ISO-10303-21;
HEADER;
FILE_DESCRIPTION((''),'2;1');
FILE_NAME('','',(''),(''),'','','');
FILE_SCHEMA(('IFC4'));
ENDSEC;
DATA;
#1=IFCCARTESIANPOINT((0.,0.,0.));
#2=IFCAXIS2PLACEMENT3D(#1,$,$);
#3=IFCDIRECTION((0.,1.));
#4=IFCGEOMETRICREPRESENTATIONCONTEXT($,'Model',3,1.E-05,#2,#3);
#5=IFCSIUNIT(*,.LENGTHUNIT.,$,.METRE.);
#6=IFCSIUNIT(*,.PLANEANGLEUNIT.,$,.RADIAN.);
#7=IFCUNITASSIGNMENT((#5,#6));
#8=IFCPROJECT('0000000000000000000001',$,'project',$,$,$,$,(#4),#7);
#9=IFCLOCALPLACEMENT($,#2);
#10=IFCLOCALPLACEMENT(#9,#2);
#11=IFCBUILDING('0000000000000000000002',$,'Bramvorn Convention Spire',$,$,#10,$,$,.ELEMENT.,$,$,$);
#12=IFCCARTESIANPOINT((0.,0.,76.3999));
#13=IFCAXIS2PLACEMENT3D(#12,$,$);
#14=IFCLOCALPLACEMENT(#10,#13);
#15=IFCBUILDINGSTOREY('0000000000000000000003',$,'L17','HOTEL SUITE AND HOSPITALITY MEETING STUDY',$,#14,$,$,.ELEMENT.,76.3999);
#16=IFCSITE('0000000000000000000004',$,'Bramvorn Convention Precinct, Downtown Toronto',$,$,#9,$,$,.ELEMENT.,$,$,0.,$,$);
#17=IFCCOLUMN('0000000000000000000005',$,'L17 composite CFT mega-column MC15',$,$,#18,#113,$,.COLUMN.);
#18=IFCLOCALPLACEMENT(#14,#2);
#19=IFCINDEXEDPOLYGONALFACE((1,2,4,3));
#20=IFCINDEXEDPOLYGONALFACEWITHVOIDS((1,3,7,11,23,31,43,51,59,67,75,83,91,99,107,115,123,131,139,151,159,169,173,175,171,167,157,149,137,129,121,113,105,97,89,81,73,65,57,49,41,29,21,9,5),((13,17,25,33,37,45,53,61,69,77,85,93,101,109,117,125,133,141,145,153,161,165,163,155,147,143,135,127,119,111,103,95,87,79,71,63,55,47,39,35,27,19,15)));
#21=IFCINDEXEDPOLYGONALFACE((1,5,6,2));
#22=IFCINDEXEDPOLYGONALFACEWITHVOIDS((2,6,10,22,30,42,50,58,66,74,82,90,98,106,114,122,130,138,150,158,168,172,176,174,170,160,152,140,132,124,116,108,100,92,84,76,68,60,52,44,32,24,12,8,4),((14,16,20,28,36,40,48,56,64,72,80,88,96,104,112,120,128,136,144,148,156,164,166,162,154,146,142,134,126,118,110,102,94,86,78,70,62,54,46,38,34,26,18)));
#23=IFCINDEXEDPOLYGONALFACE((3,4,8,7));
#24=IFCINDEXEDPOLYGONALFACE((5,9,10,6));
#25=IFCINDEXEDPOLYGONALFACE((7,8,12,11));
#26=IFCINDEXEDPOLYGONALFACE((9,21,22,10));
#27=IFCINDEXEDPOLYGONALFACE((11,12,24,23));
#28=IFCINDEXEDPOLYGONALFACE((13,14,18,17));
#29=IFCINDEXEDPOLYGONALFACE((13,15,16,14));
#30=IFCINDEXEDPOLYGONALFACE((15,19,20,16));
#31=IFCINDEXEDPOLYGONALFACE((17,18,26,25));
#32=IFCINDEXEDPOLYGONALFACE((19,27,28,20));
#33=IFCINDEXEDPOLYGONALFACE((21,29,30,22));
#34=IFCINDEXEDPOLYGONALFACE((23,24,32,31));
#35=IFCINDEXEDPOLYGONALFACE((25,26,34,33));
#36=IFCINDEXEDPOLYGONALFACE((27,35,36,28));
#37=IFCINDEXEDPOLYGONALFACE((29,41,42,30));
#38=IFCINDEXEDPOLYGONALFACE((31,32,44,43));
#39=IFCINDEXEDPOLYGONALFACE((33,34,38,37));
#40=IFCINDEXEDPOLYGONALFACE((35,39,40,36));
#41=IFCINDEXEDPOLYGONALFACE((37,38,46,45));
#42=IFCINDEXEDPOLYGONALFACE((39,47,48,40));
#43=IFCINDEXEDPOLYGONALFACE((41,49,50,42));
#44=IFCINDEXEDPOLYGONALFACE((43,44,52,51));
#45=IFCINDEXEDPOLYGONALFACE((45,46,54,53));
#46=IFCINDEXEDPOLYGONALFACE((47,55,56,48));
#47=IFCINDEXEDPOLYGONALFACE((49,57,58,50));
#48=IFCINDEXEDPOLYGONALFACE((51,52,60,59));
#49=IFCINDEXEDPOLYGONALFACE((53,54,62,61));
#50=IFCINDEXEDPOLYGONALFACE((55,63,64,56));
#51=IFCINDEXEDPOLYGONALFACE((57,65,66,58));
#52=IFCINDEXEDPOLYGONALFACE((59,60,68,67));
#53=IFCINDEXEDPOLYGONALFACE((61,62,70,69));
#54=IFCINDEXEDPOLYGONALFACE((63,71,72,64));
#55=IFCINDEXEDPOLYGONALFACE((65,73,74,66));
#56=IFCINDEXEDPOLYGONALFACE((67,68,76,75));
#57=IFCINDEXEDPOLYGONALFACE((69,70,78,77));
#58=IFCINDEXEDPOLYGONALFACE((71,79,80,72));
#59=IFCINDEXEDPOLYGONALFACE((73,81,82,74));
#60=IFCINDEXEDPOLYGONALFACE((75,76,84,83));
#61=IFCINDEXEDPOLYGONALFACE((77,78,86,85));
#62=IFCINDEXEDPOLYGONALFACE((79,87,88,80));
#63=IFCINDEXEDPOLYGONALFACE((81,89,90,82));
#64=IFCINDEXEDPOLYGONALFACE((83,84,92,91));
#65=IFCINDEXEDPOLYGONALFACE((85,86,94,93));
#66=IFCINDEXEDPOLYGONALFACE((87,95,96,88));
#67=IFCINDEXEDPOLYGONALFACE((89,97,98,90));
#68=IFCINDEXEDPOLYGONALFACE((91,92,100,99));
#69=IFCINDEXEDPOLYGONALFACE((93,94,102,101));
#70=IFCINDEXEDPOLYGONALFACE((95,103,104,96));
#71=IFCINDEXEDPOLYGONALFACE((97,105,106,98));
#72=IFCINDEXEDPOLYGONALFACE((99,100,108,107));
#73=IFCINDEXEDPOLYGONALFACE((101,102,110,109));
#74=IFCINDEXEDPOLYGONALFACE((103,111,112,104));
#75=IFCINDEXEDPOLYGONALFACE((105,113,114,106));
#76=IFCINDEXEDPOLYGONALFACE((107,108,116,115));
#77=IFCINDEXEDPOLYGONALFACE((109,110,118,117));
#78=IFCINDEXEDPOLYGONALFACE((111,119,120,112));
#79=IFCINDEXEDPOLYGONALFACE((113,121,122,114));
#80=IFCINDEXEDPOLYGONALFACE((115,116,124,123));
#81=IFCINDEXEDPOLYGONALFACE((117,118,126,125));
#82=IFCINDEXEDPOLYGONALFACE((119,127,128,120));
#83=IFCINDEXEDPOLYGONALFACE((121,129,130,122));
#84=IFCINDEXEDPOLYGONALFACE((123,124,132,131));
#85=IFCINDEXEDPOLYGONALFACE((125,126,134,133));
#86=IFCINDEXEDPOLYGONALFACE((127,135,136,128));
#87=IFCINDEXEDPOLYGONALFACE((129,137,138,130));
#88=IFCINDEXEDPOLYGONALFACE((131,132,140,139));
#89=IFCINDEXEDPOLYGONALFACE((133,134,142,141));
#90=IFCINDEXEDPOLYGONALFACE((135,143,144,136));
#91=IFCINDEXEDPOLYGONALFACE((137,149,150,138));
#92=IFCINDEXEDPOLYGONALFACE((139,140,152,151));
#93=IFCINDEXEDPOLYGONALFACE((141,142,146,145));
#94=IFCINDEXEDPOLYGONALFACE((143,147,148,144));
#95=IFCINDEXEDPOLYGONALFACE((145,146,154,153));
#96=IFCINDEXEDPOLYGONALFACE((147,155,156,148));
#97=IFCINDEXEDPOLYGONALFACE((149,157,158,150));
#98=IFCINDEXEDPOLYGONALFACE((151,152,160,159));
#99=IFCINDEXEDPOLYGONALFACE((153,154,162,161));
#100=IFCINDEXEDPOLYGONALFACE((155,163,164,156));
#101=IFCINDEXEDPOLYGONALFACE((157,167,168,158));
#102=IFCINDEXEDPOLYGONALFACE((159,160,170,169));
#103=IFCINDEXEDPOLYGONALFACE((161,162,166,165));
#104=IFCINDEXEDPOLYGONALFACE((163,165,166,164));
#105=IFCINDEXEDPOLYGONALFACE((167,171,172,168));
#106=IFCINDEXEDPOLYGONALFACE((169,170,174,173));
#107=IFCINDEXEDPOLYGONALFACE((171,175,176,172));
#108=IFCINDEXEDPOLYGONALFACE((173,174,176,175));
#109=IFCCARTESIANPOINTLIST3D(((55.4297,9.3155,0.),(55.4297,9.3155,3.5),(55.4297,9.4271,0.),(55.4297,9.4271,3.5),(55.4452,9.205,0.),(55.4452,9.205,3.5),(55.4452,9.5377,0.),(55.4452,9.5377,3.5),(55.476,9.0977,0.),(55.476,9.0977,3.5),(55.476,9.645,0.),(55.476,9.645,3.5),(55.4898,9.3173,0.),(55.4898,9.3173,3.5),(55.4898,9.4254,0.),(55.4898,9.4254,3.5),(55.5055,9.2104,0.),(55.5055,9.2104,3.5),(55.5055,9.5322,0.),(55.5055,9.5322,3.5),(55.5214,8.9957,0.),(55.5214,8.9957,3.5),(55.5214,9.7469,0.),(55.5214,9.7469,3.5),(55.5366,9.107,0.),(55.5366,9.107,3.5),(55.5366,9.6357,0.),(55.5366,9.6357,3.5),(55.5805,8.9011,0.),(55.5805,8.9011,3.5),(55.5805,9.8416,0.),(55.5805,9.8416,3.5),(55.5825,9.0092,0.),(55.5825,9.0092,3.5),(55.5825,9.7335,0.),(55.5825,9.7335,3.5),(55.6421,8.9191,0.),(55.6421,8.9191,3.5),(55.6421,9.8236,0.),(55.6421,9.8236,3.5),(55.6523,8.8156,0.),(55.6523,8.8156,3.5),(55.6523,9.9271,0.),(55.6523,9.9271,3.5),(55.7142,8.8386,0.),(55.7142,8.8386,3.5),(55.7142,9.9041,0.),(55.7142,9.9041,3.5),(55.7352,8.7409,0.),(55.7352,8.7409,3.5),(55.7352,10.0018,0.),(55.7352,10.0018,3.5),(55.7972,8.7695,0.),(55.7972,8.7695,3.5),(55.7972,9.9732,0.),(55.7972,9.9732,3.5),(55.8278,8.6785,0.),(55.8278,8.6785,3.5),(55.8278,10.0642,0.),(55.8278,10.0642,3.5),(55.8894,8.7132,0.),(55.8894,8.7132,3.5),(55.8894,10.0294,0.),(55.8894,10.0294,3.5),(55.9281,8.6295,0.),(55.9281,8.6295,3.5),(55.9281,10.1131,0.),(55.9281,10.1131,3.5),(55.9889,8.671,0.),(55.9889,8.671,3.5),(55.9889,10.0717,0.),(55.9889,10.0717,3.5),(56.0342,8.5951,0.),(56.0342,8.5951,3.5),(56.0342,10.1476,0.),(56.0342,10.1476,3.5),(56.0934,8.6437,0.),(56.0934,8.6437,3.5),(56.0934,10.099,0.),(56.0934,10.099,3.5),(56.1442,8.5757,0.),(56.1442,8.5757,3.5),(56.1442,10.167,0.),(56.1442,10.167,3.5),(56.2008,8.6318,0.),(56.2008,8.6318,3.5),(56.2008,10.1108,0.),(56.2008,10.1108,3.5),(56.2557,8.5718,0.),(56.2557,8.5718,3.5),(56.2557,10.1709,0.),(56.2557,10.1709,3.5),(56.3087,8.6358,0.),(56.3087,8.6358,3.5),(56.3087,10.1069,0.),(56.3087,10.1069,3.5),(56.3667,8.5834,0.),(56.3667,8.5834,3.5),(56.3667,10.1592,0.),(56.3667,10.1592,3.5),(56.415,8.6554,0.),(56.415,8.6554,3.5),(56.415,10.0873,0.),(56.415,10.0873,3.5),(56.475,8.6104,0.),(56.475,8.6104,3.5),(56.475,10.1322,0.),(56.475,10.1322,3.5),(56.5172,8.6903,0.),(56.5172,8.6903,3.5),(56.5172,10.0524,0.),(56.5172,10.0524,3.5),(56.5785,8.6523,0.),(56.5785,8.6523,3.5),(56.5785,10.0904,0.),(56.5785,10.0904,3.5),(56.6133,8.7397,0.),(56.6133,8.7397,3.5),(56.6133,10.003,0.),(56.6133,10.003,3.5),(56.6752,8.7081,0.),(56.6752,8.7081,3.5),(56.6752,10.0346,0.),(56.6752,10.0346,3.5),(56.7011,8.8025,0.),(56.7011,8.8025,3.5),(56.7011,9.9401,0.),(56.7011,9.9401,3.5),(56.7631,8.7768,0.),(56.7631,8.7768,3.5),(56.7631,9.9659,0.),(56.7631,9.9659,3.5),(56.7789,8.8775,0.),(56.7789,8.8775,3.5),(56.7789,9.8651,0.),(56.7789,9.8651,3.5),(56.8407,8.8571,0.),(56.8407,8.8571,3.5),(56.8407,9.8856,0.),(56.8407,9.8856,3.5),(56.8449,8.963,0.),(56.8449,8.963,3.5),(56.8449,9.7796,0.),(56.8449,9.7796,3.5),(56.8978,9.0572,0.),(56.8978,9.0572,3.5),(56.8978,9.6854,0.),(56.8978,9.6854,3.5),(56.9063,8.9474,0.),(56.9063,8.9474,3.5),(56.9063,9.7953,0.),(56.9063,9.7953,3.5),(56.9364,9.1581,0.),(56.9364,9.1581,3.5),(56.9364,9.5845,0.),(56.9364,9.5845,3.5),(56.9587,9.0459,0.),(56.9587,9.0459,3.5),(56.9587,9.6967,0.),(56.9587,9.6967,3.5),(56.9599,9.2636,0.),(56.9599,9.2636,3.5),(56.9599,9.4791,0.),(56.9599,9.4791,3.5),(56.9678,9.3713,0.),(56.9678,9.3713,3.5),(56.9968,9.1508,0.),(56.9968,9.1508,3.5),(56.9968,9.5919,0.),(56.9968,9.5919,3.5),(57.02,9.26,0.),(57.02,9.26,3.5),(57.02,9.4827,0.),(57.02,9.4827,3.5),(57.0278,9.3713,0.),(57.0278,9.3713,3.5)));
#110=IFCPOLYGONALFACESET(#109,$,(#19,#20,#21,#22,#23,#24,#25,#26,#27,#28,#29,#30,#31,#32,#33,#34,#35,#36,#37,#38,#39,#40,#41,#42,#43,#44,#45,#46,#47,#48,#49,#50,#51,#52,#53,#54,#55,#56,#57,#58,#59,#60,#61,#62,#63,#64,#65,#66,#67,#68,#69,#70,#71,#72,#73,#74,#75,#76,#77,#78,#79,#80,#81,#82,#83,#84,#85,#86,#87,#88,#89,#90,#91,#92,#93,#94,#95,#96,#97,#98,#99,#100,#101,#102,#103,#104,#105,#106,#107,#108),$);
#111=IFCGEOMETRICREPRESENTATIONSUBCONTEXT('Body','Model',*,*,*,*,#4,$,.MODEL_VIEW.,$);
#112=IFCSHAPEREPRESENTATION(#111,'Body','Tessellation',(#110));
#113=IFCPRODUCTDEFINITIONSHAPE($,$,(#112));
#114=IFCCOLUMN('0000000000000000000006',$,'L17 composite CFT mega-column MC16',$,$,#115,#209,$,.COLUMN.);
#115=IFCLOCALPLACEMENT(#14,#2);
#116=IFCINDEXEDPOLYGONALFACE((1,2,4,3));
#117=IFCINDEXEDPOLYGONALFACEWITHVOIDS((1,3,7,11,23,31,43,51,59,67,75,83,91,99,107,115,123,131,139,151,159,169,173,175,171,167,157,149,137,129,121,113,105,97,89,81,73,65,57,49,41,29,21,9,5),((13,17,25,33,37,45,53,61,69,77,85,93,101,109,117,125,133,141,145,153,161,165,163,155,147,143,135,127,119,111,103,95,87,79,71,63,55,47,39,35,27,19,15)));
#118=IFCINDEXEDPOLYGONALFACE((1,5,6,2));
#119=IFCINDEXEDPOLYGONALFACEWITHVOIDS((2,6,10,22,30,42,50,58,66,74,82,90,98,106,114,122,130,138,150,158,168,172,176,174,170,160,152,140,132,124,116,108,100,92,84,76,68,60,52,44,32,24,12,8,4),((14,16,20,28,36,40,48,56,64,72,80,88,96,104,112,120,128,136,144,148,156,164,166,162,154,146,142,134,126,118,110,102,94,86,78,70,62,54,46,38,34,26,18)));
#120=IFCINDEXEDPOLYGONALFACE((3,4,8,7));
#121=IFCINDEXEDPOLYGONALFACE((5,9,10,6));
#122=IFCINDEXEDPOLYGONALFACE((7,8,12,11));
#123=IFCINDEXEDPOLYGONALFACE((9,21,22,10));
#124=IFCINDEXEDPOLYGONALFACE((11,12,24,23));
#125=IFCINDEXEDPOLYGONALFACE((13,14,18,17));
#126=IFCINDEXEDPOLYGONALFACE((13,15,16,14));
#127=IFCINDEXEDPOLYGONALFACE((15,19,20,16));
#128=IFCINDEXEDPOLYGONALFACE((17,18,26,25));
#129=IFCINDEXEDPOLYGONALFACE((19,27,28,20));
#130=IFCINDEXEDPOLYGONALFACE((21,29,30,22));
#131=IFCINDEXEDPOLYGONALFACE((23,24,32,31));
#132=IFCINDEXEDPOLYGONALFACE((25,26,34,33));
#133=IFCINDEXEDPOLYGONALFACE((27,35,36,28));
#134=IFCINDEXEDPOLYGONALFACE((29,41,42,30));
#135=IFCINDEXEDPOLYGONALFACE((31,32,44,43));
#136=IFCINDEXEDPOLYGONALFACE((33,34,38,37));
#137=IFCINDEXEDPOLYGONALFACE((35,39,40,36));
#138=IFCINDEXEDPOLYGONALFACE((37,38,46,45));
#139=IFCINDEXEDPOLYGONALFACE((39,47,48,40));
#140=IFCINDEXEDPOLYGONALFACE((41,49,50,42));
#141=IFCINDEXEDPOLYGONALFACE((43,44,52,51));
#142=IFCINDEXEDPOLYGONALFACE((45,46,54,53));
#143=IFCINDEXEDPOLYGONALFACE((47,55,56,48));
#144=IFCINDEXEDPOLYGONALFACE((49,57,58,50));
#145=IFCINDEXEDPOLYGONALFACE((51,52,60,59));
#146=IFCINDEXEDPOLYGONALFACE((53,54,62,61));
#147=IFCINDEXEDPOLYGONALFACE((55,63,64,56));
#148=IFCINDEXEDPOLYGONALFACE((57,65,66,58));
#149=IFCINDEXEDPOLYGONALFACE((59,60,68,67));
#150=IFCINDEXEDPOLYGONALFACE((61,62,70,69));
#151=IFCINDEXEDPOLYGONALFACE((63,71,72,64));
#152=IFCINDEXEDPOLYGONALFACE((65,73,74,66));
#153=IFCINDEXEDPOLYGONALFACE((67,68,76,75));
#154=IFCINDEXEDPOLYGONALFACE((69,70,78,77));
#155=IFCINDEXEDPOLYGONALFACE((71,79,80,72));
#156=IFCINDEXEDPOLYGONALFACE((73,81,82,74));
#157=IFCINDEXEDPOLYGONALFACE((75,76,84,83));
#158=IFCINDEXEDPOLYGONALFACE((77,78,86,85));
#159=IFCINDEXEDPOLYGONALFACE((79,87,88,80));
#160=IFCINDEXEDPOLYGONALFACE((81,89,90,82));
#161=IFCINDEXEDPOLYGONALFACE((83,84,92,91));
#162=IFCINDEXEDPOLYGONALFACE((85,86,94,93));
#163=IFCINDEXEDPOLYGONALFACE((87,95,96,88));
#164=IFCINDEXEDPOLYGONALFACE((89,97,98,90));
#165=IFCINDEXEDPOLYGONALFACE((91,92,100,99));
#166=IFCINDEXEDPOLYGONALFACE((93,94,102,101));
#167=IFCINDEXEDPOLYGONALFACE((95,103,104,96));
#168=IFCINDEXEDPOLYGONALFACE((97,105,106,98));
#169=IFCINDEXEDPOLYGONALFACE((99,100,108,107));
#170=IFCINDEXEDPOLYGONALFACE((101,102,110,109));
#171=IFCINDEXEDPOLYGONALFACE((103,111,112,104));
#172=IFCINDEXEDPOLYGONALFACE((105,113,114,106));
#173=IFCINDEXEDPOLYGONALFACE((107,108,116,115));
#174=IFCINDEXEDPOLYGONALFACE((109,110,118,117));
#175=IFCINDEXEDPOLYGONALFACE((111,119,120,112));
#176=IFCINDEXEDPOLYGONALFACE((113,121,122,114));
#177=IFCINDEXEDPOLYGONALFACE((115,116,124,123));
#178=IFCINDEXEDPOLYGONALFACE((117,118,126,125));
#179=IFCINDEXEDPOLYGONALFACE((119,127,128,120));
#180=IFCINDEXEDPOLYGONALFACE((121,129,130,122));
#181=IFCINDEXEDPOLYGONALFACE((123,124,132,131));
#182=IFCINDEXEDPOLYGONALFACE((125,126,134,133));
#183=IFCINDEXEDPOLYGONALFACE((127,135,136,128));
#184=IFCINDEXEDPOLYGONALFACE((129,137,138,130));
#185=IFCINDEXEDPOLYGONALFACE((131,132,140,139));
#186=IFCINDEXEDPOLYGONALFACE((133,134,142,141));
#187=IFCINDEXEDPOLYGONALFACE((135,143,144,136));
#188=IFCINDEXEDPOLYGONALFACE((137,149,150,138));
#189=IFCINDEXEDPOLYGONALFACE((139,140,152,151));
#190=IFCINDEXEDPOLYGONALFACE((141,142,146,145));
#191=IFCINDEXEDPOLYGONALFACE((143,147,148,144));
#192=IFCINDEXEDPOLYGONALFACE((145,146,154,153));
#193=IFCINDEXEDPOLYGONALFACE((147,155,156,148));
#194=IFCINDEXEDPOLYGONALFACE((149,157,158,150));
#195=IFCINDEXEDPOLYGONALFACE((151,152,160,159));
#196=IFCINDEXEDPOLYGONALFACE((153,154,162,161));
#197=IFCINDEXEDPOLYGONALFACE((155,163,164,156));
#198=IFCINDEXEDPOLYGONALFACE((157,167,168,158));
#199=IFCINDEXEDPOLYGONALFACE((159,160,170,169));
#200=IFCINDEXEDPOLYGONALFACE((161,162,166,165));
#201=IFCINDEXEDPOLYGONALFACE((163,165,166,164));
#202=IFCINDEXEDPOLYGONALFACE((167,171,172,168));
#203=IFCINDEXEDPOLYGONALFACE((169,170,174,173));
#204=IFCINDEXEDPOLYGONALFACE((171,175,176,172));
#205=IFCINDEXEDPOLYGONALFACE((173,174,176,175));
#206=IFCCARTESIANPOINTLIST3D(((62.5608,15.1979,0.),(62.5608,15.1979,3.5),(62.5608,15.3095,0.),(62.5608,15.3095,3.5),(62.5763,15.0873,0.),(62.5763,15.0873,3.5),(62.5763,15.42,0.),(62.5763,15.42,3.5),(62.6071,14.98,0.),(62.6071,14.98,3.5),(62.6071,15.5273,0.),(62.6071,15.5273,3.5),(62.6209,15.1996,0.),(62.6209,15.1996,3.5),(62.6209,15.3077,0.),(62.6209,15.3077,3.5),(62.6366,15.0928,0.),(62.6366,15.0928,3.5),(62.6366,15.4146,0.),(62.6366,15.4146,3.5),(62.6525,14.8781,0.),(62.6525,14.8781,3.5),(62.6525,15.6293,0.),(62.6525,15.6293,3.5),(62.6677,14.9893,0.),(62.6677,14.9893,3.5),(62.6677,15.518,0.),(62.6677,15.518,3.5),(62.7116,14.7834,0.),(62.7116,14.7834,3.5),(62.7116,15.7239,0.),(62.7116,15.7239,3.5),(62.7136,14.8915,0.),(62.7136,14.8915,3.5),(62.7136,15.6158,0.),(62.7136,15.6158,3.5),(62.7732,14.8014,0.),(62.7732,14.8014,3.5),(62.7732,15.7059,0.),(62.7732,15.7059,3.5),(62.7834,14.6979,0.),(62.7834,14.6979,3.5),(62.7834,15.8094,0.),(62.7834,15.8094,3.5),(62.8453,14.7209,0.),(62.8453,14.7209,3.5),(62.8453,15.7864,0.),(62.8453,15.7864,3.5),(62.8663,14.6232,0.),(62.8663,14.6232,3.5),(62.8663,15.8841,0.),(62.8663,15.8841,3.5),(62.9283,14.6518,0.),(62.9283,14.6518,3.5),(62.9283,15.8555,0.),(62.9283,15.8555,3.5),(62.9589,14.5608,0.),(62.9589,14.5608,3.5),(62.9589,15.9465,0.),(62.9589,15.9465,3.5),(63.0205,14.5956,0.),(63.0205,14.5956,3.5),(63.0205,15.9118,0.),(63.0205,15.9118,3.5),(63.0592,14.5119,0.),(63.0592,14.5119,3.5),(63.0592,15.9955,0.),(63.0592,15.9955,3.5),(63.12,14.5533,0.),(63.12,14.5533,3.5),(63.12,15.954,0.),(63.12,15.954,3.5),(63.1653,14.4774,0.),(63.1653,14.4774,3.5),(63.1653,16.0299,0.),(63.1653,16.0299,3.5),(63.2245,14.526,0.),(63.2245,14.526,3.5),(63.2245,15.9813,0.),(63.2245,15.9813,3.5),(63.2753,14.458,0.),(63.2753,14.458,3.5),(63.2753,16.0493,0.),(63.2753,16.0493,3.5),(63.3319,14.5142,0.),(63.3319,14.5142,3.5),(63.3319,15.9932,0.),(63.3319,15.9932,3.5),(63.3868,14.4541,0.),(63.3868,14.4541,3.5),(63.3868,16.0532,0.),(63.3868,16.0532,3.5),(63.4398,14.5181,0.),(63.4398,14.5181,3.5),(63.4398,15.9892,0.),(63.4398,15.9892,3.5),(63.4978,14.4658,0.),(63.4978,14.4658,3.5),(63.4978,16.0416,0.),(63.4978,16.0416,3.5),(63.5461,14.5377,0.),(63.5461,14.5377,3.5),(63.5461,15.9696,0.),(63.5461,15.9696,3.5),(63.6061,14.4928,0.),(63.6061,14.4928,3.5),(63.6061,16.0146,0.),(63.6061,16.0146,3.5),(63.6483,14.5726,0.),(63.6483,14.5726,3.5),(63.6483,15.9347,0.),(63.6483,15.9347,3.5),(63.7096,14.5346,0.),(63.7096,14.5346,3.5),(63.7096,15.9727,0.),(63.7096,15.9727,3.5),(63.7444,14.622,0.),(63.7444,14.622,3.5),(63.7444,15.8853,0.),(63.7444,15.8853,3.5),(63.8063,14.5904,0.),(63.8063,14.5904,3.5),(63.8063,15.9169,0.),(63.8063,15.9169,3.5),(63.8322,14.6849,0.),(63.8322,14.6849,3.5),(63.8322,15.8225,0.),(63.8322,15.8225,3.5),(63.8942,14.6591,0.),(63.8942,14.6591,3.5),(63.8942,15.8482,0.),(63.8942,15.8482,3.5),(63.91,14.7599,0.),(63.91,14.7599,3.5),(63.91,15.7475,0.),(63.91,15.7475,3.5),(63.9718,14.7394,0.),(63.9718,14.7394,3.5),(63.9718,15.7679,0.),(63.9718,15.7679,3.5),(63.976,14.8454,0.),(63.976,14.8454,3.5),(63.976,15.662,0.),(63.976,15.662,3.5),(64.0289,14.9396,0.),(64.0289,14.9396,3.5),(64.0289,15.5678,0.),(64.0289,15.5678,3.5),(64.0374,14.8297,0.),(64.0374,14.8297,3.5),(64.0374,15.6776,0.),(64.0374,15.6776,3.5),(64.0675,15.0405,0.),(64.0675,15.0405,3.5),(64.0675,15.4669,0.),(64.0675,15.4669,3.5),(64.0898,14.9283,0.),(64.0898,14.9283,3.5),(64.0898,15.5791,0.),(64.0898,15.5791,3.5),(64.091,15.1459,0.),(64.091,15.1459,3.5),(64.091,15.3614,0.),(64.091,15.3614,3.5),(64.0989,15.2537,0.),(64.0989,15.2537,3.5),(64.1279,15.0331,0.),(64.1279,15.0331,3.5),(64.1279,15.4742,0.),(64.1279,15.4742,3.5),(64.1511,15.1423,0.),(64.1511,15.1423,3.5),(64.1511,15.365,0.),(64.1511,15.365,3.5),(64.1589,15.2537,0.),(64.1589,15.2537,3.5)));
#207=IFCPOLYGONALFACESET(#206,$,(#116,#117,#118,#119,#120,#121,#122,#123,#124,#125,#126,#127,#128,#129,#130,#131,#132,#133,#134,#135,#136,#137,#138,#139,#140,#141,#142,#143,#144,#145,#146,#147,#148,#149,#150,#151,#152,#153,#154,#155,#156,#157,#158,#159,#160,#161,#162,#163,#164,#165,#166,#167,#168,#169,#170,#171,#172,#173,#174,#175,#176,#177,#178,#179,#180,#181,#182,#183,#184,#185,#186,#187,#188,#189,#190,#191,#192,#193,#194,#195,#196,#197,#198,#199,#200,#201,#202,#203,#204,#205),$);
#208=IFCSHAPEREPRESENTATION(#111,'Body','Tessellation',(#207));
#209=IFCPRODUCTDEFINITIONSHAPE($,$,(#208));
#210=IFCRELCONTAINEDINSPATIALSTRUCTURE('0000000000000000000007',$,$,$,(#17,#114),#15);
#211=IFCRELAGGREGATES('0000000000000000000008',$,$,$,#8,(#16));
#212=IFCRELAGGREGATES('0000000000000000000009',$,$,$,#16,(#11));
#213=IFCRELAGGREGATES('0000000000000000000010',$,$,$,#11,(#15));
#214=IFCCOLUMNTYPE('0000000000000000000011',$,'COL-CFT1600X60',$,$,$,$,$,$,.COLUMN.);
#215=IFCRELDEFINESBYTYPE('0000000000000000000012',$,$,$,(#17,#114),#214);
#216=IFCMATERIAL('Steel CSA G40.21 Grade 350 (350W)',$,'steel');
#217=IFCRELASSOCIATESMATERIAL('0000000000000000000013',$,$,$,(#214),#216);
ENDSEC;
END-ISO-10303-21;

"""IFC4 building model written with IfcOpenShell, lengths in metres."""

from ifc_helpers import new_model, si_unit, direction, frame, origin, origin_2d, place, context, subcontext, project, spatial, hollow_circle, extrude, material, material_profile, profile_set, type_object, element, save


model = new_model("IFC4")

# Units and contexts
model_context = context("Model", 3, precision=1e-05, world=origin(), true_north=direction((0.0, 1.0)))
body_context = subcontext(model_context, "Body", "Model", "MODEL_VIEW")
ifc_project = project(units=[si_unit("LENGTHUNIT", "METRE"), si_unit("PLANEANGLEUNIT", "RADIAN")], contexts=[model_context])

# Site, building, storey
site_placement = place(None, origin())
site = spatial("IfcSite", under=ifc_project, at=site_placement, Name="Bramvorn Convention Precinct, Downtown Toronto", CompositionType="ELEMENT", RefElevation=0.0)
building_placement = place(site_placement, origin())
building = spatial("IfcBuilding", under=site, at=building_placement, Name="Bramvorn Convention Spire", CompositionType="ELEMENT")
storey_placement = place(building_placement, frame((0.0, 0.0, 76.3999)))
storey = spatial("IfcBuildingStorey", under=building, at=storey_placement, Name="L17", Description="HOTEL SUITE AND HOSPITALITY MEETING STUDY", CompositionType="ELEMENT", Elevation=76.3999)

# Columns
ifc_material_1 = material(Name="Steel CSA G40.21 Grade 350 (350W)", Category="steel")
ifc_material_profile_1 = material_profile(ifc_material_1, hollow_circle(Radius=0.8, WallThickness=0.0601, at=origin_2d()))
ifc_profile_set_1 = profile_set([ifc_material_profile_1], Name="Steel CSA G40.21 Grade 350 (350W) - CFT1600X60")
column_type = type_object("IfcColumnType", Name="COL-CFT1600X60", PredefinedType="COLUMN", material=ifc_profile_set_1)
for number, where, z_axis, x_axis, name in (
    (1, (56.2278, 9.3713, 0.0), (0.0, 0.0, 1.0), (1.0, 0.0, 0.0), "L17 composite CFT mega-column MC15"),
    (2, (63.3589, 15.2537, 0.0), (0.0, 0.0, 1.0), (1.0, 0.0, 0.0), "L17 composite CFT mega-column MC16"),
):
    element("IfcColumn", number, at=place(storey_placement, frame(where, z_axis=z_axis, x_axis=x_axis)), inside=storey, type_object=column_type, Name=name, PredefinedType="COLUMN", context=body_context, shape_type="SweptSolid", body=[
        extrude(hollow_circle(Radius=0.8, WallThickness=0.0601, at=origin_2d()), origin(), (0.0, 0.0, 1.0), 3.5),
    ])

save(model, "model.ifc")
